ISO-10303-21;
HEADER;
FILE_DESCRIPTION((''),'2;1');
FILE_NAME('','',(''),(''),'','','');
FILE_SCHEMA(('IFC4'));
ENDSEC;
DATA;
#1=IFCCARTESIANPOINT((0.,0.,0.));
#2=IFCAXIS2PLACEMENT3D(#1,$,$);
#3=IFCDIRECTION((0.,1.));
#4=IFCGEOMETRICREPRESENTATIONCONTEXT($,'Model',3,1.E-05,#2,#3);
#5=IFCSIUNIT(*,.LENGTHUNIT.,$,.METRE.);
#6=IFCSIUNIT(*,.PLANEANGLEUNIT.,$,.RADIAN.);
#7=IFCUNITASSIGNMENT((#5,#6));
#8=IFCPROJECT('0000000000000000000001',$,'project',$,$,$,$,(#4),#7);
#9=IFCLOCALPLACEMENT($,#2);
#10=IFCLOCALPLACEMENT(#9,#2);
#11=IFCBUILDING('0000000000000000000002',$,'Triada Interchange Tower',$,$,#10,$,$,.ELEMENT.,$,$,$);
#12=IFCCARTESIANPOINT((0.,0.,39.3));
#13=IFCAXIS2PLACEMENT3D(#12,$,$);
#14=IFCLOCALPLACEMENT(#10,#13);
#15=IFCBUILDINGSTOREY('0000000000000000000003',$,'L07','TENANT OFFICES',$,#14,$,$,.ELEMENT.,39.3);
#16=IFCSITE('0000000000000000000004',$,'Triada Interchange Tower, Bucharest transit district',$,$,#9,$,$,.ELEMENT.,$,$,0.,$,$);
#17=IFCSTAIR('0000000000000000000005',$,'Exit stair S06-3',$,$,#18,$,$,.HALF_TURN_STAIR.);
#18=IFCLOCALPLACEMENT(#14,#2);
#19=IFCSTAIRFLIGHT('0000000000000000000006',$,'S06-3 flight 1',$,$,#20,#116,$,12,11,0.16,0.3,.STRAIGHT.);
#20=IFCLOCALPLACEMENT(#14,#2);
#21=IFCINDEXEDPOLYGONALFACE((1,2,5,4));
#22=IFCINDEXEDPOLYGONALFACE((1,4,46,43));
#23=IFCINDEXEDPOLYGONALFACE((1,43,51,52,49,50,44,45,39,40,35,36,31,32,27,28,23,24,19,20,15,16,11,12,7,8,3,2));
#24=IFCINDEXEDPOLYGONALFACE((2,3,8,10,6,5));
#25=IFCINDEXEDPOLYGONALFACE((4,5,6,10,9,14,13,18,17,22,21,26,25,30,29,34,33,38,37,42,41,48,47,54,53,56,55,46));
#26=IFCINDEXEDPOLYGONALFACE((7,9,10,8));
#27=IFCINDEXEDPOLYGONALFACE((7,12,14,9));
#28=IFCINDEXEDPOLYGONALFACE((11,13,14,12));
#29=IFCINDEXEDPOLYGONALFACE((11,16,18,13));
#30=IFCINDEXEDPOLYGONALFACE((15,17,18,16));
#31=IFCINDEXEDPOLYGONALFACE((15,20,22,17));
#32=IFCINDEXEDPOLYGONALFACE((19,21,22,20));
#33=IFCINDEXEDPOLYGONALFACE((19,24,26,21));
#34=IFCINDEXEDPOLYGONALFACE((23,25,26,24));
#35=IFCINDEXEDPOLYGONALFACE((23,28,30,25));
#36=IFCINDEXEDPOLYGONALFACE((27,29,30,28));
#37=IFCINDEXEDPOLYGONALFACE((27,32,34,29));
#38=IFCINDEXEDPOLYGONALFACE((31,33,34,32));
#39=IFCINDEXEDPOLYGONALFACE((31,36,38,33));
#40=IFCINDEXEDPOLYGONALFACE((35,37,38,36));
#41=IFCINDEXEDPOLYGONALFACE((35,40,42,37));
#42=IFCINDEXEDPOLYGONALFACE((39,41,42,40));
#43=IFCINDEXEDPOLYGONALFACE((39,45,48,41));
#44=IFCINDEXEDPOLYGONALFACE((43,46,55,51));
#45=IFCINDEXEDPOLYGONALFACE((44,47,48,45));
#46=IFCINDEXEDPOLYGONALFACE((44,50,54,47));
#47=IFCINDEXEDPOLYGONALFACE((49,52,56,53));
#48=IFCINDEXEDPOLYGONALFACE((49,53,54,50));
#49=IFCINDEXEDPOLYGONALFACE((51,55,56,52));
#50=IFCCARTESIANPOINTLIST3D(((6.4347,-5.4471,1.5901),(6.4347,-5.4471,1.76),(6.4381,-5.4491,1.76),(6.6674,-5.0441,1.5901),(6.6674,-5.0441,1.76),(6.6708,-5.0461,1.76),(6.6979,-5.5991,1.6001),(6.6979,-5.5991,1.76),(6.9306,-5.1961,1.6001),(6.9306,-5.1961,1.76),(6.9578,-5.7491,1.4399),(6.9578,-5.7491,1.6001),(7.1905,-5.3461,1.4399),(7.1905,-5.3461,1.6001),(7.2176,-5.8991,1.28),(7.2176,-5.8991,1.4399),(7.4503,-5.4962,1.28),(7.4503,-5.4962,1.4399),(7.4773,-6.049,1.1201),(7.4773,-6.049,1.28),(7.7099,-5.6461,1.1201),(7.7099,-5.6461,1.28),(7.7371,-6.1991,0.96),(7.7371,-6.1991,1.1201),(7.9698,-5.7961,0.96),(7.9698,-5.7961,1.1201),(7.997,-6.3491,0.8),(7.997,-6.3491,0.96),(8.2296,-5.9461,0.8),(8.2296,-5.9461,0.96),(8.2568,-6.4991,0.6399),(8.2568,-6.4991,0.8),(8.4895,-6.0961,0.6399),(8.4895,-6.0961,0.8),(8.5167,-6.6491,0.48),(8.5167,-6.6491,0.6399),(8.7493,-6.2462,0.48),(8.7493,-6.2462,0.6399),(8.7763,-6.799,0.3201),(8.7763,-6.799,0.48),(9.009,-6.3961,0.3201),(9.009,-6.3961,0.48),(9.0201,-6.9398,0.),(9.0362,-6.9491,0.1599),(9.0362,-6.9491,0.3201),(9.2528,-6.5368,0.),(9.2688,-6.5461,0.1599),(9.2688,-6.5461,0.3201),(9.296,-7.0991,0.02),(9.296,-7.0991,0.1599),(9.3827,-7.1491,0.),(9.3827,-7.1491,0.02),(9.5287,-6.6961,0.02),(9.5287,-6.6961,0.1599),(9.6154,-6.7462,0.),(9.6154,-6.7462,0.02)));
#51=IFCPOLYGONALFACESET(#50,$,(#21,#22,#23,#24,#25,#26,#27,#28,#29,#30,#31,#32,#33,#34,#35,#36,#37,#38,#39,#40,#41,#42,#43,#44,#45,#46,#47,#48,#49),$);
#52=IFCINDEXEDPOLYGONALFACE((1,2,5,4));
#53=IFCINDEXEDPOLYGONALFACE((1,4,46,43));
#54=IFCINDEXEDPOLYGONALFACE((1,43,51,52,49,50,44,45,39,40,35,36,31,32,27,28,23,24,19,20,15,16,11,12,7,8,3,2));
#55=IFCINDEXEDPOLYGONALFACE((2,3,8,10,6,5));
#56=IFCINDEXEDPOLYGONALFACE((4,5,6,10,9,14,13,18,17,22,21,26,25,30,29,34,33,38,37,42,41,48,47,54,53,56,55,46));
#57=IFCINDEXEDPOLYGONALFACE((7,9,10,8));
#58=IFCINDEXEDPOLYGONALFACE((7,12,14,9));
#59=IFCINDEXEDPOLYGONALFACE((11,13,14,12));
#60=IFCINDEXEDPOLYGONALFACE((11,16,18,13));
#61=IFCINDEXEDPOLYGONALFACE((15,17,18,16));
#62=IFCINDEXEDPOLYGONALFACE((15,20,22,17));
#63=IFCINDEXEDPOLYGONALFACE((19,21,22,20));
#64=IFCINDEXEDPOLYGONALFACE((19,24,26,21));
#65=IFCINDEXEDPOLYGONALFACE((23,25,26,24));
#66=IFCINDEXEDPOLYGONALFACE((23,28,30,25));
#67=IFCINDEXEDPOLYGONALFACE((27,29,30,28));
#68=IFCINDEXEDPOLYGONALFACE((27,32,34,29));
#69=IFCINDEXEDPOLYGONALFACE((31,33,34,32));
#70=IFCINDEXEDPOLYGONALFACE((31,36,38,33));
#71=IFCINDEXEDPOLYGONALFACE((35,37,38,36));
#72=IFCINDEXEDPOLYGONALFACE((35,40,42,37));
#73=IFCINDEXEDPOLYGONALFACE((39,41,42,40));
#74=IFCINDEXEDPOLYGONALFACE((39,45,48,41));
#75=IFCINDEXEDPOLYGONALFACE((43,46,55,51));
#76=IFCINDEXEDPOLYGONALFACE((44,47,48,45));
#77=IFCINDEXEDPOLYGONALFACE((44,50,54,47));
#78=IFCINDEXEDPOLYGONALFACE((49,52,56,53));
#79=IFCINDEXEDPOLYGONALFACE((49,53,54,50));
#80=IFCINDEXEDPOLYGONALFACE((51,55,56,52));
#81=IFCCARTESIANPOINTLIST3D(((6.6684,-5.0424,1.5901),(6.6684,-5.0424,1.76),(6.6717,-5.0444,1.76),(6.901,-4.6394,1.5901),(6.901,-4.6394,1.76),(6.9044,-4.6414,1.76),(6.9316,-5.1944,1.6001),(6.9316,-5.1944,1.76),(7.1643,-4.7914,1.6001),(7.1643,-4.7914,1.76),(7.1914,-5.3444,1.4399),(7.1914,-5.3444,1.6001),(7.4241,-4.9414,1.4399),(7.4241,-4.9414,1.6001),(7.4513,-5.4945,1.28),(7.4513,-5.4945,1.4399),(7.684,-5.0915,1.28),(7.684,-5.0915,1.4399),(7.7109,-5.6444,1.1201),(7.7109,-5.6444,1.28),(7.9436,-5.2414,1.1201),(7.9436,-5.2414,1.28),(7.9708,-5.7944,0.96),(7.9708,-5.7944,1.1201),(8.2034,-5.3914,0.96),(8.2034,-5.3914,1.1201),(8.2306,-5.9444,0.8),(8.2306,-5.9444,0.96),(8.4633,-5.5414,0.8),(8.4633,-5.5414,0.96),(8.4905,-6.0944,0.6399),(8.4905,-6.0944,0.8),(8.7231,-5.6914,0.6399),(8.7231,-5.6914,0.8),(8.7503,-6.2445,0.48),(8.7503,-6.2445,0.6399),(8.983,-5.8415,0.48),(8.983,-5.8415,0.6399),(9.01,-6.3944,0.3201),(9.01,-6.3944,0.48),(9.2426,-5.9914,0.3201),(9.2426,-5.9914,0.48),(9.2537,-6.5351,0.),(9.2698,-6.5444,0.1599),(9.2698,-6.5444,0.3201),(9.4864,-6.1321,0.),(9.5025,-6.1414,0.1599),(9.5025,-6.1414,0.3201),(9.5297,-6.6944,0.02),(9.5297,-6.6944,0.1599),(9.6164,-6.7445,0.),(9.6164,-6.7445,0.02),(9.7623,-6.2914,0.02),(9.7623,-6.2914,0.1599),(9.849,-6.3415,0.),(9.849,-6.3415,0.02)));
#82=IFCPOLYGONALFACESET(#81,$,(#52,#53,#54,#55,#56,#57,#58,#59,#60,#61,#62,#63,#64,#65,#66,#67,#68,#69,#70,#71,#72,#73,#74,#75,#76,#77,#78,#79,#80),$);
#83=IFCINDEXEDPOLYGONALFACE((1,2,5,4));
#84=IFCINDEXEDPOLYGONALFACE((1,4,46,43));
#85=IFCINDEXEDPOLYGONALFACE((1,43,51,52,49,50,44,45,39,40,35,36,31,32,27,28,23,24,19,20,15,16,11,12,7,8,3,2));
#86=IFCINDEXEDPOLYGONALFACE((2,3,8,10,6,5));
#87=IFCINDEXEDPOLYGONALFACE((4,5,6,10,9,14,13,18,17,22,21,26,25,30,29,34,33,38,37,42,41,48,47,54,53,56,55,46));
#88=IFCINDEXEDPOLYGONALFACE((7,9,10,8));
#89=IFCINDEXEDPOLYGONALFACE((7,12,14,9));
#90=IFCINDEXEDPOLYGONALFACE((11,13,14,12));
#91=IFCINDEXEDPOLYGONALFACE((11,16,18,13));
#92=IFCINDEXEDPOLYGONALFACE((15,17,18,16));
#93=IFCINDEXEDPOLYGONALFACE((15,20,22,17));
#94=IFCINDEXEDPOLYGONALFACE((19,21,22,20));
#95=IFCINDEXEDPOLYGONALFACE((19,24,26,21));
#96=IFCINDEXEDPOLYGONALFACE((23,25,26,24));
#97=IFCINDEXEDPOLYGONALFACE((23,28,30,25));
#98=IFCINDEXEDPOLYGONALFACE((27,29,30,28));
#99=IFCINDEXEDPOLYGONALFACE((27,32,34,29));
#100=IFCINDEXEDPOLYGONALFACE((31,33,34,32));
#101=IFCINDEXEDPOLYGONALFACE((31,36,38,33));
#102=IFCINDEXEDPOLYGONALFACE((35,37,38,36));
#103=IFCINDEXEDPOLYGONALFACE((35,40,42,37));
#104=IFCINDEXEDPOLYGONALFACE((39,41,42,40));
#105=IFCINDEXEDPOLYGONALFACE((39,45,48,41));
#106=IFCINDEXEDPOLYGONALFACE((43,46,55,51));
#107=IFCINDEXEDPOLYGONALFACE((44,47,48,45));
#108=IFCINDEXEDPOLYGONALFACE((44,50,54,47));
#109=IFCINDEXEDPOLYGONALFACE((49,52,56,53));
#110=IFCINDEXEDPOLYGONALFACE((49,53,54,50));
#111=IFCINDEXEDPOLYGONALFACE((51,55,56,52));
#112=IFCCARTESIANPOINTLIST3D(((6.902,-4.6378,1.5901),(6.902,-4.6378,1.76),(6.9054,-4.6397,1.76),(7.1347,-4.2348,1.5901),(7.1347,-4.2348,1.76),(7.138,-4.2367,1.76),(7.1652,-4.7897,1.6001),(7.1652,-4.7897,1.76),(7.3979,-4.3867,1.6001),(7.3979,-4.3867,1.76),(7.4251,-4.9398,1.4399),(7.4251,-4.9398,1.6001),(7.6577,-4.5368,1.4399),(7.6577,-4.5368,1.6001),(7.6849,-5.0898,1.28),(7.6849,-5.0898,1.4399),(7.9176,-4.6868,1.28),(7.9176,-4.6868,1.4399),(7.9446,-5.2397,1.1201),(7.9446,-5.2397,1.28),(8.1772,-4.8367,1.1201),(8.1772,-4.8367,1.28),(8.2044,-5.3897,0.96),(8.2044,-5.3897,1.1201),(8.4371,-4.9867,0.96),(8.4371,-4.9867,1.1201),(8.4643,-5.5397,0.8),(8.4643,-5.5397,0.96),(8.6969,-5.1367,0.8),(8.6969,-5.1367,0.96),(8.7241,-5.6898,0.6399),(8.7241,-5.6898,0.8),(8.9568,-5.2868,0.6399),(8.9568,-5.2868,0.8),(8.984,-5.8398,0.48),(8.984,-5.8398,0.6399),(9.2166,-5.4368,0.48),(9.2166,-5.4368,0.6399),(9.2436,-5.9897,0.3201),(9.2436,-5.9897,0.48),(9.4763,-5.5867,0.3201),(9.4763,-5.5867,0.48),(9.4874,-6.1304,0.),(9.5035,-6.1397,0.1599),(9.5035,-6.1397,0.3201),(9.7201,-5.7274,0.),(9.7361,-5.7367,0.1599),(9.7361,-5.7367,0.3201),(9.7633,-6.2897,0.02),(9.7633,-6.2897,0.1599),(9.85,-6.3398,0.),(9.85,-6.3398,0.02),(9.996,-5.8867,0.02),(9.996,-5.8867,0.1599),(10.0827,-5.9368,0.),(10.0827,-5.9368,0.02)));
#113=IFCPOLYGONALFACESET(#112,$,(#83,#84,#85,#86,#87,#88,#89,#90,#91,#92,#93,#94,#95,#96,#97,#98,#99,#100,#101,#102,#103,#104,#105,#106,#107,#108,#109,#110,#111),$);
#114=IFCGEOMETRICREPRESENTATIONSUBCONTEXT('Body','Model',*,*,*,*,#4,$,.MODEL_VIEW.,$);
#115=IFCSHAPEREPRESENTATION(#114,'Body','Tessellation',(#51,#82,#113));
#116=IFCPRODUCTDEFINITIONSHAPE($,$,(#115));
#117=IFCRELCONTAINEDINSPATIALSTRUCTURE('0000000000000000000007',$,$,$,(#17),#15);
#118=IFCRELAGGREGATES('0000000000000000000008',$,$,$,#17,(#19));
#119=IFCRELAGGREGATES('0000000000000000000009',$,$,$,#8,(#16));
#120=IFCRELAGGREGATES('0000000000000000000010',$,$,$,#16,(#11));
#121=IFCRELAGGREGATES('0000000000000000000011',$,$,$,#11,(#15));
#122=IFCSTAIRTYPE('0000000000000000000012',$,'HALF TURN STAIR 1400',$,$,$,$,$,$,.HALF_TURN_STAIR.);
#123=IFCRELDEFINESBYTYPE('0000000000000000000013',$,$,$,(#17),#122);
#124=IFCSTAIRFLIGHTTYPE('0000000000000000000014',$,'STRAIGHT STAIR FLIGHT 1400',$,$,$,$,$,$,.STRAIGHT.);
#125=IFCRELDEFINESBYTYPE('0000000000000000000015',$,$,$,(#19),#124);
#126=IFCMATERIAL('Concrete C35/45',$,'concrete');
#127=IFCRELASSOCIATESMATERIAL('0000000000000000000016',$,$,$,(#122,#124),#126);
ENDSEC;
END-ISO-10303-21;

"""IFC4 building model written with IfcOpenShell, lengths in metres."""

from ifc_helpers import new_model, si_unit, direction, frame, origin, place, context, subcontext, project, spatial, polyline, outline, extrude, material, type_object, element, aggregate, save


model = new_model("IFC4")

# Units and contexts
model_context = context("Model", 3, precision=1e-05, world=origin(), true_north=direction((0.0, 1.0)))
body_context = subcontext(model_context, "Body", "Model", "MODEL_VIEW")
ifc_project = project(units=[si_unit("LENGTHUNIT", "METRE"), si_unit("PLANEANGLEUNIT", "RADIAN")], contexts=[model_context])

# Site, building, storey
site_placement = place(None, origin())
site = spatial("IfcSite", under=ifc_project, at=site_placement, Name="Triada Interchange Tower, Bucharest transit district", CompositionType="ELEMENT", RefElevation=0.0)
building_placement = place(site_placement, origin())
building = spatial("IfcBuilding", under=site, at=building_placement, Name="Triada Interchange Tower", CompositionType="ELEMENT")
storey_placement = place(building_placement, frame((0.0, 0.0, 39.3)))
storey = spatial("IfcBuildingStorey", under=building, at=storey_placement, Name="L07", Description="TENANT OFFICES", CompositionType="ELEMENT", Elevation=39.3)

# Stair, stair flight
ifc_material_1 = material(Name="Concrete C35/45", Category="concrete")
stair_type = type_object("IfcStairType", Name="HALF TURN STAIR 1400", PredefinedType="HALF_TURN_STAIR", material=ifc_material_1)
stair_placement = place(storey_placement, origin())
stair = element("IfcStair", 1, at=stair_placement, inside=storey, type_object=stair_type, Name="Exit stair S06-3", PredefinedType="HALF_TURN_STAIR")
stair_flight_type = type_object("IfcStairFlightType", Name="STRAIGHT STAIR FLIGHT 1400", PredefinedType="STRAIGHT", material=ifc_material_1)
stair_flight_1_placement = place(storey_placement, frame((9.646, -6.4929, 0.0), z_axis=(0.0, 0.0, 1.0), x_axis=(-0.866025, 0.5, 0.0)))
stair_flight_1 = element("IfcStairFlight", 2, at=stair_flight_1_placement, type_object=stair_flight_type, Name="S06-3 flight 1", NumberOfRisers=12, NumberOfTreads=11, PredefinedType="STRAIGHT", RiserHeight=0.16, TreadLength=0.3, context=body_context, shape_type="SweptSolid", body=[
    extrude(outline(polyline([(-0.1001, 0.0), (-0.1001, 0.02), (0.0, 0.02), (0.0, 0.1599), (0.3, 0.1599), (0.3, 0.3201), (0.6001, 0.3201), (0.6001, 0.48), (0.8999, 0.48), (0.8999, 0.6399), (1.2, 0.6399), (1.2, 0.8), (1.5, 0.8), (1.5, 0.96), (1.8, 0.96), (1.8, 1.1201), (2.1001, 1.1201), (2.1001, 1.28), (2.3999, 1.28), (2.3999, 1.4399), (2.7, 1.4399), (2.7, 1.6001), (3.0, 1.6001), (3.0, 1.76), (3.3, 1.76), (3.304, 1.76), (3.304, 1.9199), (3.304, 1.5901), (0.3186, 0.0), (-0.1001, 0.0)])), frame((0.0, 0.7, 0.0), z_axis=(0.0, -1.0, 0.0), x_axis=(1.0, 0.0, 0.0)), (0.0, 0.0, 1.0), 0.4653),
    extrude(outline(polyline([(-0.1001, 0.0), (-0.1001, 0.02), (0.0, 0.02), (0.0, 0.1599), (0.3, 0.1599), (0.3, 0.3201), (0.6001, 0.3201), (0.6001, 0.48), (0.8999, 0.48), (0.8999, 0.6399), (1.2, 0.6399), (1.2, 0.8), (1.5, 0.8), (1.5, 0.96), (1.8, 0.96), (1.8, 1.1201), (2.1001, 1.1201), (2.1001, 1.28), (2.3999, 1.28), (2.3999, 1.4399), (2.7, 1.4399), (2.7, 1.6001), (3.0, 1.6001), (3.0, 1.76), (3.3, 1.76), (3.304, 1.76), (3.304, 1.9199), (3.304, 1.5901), (0.3186, 0.0), (-0.1001, 0.0)])), frame((0.0, 0.2327, 0.0), z_axis=(0.0, -1.0, 0.0), x_axis=(1.0, 0.0, 0.0)), (0.0, 0.0, 1.0), 0.4653),
    extrude(outline(polyline([(-0.1001, 0.0), (-0.1001, 0.02), (0.0, 0.02), (0.0, 0.1599), (0.3, 0.1599), (0.3, 0.3201), (0.6001, 0.3201), (0.6001, 0.48), (0.8999, 0.48), (0.8999, 0.6399), (1.2, 0.6399), (1.2, 0.8), (1.5, 0.8), (1.5, 0.96), (1.8, 0.96), (1.8, 1.1201), (2.1001, 1.1201), (2.1001, 1.28), (2.3999, 1.28), (2.3999, 1.4399), (2.7, 1.4399), (2.7, 1.6001), (3.0, 1.6001), (3.0, 1.76), (3.3, 1.76), (3.304, 1.76), (3.304, 1.9199), (3.304, 1.5901), (0.3186, 0.0), (-0.1001, 0.0)])), frame((0.0, -0.2346, 0.0), z_axis=(0.0, -1.0, 0.0), x_axis=(1.0, 0.0, 0.0)), (0.0, 0.0, 1.0), 0.4653),
])
aggregate(stair, [stair_flight_1])

save(model, "model.ifc")
